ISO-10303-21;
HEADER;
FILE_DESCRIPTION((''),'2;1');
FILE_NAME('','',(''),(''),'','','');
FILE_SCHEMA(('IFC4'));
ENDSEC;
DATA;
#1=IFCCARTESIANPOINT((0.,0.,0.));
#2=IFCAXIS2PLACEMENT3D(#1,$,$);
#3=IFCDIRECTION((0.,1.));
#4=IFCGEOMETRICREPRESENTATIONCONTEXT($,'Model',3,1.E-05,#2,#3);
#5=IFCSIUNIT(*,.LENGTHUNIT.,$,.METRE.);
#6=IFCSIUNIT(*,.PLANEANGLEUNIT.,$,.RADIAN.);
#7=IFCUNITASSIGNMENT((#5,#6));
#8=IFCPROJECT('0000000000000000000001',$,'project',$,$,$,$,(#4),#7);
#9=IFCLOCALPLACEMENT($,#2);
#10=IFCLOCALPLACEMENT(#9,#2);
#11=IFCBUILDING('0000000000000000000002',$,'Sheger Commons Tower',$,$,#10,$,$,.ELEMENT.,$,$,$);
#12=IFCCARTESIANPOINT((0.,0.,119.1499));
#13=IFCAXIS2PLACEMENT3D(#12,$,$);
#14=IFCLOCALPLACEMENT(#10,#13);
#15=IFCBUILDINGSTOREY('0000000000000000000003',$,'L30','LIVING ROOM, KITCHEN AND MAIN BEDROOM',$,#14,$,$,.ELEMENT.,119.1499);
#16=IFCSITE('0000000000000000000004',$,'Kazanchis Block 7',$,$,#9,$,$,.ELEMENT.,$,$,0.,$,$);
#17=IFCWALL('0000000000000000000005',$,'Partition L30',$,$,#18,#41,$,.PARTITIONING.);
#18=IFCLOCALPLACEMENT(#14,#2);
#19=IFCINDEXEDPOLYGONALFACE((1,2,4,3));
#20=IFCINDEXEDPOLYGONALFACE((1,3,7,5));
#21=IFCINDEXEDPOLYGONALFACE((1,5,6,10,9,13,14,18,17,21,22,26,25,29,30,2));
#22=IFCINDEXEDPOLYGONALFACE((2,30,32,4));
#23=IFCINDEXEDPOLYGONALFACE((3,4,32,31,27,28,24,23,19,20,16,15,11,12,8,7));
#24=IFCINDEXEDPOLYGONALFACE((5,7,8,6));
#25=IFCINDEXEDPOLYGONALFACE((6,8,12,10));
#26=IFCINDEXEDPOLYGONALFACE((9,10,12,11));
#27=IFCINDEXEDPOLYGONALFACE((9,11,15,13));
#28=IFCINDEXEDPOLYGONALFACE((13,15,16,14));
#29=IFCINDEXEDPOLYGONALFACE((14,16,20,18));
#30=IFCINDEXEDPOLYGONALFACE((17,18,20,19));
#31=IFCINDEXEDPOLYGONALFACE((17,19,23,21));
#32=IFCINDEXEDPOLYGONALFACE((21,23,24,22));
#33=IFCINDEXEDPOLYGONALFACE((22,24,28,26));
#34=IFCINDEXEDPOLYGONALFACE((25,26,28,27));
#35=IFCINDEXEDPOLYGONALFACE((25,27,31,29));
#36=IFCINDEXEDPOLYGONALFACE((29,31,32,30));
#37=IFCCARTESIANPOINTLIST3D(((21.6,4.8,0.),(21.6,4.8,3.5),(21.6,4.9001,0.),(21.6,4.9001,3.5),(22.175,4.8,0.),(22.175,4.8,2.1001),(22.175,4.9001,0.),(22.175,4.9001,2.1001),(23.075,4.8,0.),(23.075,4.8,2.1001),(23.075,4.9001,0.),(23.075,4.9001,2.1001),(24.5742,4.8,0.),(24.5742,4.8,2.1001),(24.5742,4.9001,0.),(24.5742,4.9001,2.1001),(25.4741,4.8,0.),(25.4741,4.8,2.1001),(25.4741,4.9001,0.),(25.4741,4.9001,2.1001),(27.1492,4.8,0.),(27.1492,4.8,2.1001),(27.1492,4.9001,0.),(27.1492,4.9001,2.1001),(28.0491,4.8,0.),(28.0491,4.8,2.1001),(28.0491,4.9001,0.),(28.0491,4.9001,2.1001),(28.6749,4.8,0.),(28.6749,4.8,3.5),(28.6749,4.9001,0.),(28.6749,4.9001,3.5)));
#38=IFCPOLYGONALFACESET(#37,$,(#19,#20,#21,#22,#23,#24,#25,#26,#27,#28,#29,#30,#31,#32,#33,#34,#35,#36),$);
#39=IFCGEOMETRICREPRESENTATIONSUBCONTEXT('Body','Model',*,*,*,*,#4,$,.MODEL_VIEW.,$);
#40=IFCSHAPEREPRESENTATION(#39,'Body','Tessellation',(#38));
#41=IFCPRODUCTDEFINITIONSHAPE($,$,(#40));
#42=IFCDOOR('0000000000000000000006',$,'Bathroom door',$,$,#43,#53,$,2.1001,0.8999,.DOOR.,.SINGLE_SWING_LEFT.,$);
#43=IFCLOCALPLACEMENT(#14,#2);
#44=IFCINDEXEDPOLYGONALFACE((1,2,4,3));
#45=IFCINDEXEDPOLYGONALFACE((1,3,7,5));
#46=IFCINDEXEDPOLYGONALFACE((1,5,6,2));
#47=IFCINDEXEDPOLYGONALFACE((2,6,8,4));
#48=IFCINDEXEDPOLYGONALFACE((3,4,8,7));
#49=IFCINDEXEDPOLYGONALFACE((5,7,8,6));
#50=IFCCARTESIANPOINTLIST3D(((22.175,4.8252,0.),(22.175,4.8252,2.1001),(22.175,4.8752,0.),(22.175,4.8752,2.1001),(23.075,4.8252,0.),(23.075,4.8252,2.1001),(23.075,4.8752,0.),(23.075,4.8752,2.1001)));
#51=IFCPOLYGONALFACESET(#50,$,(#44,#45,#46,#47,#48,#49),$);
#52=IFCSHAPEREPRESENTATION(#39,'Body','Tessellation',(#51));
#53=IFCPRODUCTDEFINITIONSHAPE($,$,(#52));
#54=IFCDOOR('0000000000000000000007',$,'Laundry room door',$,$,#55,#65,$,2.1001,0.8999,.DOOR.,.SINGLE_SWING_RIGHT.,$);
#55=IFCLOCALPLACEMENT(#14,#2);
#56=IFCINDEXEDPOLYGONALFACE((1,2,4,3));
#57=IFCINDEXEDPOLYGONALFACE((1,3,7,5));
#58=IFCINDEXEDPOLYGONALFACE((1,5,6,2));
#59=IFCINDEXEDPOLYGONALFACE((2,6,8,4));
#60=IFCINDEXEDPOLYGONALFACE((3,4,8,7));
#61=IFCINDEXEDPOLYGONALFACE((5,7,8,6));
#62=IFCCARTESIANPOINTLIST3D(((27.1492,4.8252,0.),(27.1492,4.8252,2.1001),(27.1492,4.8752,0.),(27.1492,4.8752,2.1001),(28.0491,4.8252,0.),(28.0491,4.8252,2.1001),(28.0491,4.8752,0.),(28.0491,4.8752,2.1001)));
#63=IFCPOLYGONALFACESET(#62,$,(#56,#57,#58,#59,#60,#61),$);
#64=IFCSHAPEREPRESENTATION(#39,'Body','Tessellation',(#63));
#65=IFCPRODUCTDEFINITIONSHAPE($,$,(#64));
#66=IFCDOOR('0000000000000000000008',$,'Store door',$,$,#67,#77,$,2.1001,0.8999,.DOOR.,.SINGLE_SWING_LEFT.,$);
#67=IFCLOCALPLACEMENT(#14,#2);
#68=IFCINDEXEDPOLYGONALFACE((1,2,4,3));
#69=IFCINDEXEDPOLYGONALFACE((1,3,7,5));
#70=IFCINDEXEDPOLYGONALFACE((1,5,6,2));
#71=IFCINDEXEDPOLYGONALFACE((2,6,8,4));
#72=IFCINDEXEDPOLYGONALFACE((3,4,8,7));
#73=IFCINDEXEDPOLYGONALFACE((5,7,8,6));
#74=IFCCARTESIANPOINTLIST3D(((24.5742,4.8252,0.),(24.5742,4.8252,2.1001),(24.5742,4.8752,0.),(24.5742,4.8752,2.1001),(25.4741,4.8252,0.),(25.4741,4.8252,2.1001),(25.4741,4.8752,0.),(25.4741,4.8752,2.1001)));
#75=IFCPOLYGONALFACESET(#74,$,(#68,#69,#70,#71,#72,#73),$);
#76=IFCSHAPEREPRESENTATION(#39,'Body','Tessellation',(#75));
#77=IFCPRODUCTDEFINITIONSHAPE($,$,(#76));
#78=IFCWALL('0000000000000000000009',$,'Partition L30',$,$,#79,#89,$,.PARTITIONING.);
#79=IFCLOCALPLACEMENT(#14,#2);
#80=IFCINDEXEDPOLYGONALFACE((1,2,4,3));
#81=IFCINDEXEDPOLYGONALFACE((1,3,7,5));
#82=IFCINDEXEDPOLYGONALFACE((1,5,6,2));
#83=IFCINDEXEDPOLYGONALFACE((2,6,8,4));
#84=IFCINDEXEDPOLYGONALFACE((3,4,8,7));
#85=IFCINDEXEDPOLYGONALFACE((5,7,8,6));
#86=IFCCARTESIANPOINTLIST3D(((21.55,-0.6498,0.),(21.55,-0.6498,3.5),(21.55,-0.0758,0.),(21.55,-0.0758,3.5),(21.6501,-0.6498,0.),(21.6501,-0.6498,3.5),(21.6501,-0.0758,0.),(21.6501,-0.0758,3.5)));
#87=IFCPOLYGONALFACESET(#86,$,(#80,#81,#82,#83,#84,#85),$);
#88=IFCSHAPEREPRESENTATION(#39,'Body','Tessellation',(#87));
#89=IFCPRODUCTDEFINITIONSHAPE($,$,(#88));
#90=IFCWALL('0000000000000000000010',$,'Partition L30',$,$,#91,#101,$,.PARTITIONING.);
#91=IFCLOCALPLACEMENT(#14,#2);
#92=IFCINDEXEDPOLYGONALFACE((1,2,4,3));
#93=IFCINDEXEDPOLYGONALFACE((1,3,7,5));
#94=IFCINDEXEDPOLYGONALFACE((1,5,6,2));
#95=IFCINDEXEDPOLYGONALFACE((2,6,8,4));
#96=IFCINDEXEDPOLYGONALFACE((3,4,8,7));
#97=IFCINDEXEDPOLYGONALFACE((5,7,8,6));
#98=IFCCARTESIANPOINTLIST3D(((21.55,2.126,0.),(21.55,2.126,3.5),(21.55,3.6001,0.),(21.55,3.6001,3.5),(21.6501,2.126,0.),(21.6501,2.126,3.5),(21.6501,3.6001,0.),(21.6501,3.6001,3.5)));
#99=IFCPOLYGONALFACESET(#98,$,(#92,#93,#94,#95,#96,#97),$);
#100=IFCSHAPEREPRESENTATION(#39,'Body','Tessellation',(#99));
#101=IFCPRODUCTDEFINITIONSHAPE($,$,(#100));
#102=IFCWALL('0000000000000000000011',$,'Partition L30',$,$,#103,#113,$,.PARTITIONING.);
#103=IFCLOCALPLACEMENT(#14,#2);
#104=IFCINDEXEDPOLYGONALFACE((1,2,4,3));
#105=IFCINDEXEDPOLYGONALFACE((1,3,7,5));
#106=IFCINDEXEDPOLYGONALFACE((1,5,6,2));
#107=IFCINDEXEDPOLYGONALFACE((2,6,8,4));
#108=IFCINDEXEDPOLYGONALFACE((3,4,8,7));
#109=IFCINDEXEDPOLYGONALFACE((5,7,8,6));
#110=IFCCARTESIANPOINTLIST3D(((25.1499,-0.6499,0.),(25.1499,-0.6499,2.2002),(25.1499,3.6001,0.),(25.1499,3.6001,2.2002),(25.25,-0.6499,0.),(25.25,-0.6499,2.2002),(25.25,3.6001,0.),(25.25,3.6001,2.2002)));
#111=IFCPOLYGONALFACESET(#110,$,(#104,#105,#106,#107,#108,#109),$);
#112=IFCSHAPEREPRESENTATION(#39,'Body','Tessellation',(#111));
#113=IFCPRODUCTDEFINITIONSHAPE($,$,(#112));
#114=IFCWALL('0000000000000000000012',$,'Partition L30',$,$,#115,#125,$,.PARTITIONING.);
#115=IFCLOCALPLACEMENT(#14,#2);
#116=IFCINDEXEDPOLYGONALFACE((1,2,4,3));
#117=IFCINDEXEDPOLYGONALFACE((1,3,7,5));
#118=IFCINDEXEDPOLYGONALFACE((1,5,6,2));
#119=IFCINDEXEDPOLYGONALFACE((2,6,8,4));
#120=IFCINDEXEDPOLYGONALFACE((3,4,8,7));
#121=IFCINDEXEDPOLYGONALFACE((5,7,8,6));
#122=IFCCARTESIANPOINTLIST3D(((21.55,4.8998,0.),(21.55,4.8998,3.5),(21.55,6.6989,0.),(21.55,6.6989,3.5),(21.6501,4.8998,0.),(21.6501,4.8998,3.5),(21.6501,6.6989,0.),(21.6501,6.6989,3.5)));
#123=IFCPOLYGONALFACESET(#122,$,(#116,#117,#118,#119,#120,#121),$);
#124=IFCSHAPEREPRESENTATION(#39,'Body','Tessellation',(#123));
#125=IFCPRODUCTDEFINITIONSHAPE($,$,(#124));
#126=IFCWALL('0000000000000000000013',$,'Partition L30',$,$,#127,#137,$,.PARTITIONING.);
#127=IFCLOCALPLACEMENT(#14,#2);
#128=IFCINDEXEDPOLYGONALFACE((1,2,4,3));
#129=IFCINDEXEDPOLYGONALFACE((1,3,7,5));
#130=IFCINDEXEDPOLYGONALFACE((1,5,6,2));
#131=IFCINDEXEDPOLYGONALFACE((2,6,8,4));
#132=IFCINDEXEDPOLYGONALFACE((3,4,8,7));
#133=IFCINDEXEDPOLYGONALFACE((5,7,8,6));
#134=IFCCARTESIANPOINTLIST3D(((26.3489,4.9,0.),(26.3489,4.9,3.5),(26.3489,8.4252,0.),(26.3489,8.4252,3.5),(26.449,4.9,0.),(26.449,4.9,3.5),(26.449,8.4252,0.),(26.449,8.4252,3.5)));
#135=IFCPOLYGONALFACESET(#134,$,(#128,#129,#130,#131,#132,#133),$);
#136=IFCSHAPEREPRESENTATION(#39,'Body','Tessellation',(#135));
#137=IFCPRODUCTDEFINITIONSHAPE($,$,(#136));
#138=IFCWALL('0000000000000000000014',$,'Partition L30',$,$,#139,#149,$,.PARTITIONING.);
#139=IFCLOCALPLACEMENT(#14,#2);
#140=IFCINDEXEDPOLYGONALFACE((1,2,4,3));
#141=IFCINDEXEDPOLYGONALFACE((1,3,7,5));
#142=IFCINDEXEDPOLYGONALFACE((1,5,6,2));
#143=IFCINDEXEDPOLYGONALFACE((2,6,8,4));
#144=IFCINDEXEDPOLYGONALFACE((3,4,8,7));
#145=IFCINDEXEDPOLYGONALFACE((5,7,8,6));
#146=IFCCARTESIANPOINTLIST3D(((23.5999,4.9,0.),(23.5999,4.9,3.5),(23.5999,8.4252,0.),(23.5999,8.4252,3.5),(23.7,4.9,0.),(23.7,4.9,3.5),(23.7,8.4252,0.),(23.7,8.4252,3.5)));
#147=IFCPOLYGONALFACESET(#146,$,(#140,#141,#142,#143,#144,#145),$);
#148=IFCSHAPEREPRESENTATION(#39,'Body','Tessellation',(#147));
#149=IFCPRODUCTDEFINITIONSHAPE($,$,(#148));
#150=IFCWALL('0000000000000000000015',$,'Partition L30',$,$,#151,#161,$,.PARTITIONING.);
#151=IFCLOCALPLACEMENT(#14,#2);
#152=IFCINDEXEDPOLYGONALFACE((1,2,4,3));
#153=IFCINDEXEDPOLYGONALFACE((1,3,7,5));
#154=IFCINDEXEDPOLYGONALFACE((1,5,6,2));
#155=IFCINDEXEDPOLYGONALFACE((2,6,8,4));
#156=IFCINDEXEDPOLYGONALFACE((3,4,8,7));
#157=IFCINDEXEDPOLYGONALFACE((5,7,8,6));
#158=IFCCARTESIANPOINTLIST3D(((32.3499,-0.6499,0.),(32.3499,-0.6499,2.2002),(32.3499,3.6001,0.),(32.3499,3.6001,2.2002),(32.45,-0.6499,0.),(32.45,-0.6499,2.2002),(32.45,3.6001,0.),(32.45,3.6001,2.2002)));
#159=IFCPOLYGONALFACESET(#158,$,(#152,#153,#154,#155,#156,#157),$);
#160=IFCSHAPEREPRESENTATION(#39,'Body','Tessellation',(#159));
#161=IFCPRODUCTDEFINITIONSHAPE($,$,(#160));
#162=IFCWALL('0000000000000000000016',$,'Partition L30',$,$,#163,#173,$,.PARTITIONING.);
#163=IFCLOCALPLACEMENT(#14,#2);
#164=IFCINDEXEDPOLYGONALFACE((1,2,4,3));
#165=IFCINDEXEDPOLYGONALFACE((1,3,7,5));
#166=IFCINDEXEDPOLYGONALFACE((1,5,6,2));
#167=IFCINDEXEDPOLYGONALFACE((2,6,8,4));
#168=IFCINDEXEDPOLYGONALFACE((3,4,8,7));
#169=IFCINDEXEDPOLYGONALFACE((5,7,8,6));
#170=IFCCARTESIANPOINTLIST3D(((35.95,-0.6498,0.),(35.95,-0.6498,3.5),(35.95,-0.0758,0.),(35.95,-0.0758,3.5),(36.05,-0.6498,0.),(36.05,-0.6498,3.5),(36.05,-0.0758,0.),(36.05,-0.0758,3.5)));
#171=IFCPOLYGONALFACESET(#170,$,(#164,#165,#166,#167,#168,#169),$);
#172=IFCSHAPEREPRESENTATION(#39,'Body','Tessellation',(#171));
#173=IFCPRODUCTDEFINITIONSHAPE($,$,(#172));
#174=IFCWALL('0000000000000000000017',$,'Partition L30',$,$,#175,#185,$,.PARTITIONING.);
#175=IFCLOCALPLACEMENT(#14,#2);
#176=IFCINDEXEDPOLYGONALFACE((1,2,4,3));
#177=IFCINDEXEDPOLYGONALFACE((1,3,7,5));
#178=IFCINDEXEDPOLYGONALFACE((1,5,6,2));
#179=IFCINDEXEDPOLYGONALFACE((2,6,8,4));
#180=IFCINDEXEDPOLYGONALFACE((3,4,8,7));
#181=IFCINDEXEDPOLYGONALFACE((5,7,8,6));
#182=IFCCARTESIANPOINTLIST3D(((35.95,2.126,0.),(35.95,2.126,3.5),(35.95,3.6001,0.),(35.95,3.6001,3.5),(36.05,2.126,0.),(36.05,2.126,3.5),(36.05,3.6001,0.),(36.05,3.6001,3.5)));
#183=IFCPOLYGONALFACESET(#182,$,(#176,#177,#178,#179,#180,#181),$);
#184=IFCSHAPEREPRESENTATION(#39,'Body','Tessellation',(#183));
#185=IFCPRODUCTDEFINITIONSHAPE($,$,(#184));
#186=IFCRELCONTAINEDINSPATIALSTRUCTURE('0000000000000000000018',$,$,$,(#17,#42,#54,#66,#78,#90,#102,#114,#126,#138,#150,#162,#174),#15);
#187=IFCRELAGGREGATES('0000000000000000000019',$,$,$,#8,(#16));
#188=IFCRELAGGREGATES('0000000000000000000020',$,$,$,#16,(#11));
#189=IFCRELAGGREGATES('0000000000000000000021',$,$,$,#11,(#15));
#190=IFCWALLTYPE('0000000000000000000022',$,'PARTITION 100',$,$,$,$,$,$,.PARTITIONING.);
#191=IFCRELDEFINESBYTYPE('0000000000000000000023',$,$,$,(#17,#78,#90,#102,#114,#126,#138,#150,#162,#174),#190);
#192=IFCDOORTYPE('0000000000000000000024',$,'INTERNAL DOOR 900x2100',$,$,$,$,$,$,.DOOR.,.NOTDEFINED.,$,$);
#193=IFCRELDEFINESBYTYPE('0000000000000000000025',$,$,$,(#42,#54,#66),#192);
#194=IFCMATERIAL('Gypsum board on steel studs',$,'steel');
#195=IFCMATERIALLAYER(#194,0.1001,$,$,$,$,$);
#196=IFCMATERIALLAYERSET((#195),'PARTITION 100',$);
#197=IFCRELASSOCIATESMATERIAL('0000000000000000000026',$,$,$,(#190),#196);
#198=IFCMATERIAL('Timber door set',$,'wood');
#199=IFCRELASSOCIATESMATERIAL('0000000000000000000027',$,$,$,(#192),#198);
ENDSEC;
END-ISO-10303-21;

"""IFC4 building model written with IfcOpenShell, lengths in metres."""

from ifc_helpers import new_model, si_unit, direction, frame, frame_2d, origin, place, context, subcontext, project, spatial, rectangle, extrude, material, layer, layer_set, type_object, element, fill, save


model = new_model("IFC4")

# Units and contexts
model_context = context("Model", 3, precision=1e-05, world=origin(), true_north=direction((0.0, 1.0)))
body_context = subcontext(model_context, "Body", "Model", "MODEL_VIEW")
ifc_project = project(units=[si_unit("LENGTHUNIT", "METRE"), si_unit("PLANEANGLEUNIT", "RADIAN")], contexts=[model_context])

# Site, building, storey
site_placement = place(None, origin())
site = spatial("IfcSite", under=ifc_project, at=site_placement, Name="Kazanchis Block 7", CompositionType="ELEMENT", RefElevation=0.0)
building_placement = place(site_placement, origin())
building = spatial("IfcBuilding", under=site, at=building_placement, Name="Sheger Commons Tower", CompositionType="ELEMENT")
storey_placement = place(building_placement, frame((0.0, 0.0, 119.1499)))
storey = spatial("IfcBuildingStorey", under=building, at=storey_placement, Name="L30", Description="LIVING ROOM, KITCHEN AND MAIN BEDROOM", CompositionType="ELEMENT", Elevation=119.1499)

# Wall, openings, doors
ifc_material_1 = material(Name="Gypsum board on steel studs", Category="steel")
ifc_layer_1 = layer(ifc_material_1, 0.1001)
ifc_layer_set_1 = layer_set([ifc_layer_1], Name="PARTITION 100")
wall_type_1 = type_object("IfcWallType", Name="PARTITION 100", PredefinedType="PARTITIONING", material=ifc_layer_set_1)
ifc_material_2 = material(Name="Timber door set", Category="wood")
door_type = type_object("IfcDoorType", Name="INTERNAL DOOR 900x2100", OperationType="NOTDEFINED", PredefinedType="DOOR", material=ifc_material_2)
wall_1_placement = place(storey_placement, frame((28.675, 4.8501, 0.0), z_axis=(0.0, 0.0, 1.0), x_axis=(-1.0, 0.0, 0.0)))
wall_1 = element("IfcWall", 1, at=wall_1_placement, inside=storey, type_object=wall_type_1, Name="Partition L30", PredefinedType="PARTITIONING", context=body_context, shape_type="SweptSolid", body=[
    extrude(rectangle(XDim=7.075, YDim=0.1001, at=frame_2d((3.5376, 0.0))), origin(), (0.0, 0.0, 1.0), 3.5),
])
opening_1_placement = place(wall_1_placement, frame((5.6001, 0.0, 0.0)))
opening_1 = element("IfcOpeningElement", 2, at=opening_1_placement, cuts=wall_1, PredefinedType="OPENING", context=body_context, shape_type="SweptSolid", body=[
    extrude(rectangle(XDim=0.8999, YDim=2.1001, at=frame_2d((0.45, 1.05))), frame((0.0, 0.0601, 0.0), z_axis=(0.0, -1.0, 0.0), x_axis=(1.0, 0.0, 0.0)), (0.0, 0.0, 1.0), 0.1201),
])
opening_2_placement = place(wall_1_placement, frame((0.626, 0.0, 0.0)))
opening_2 = element("IfcOpeningElement", 3, at=opening_2_placement, cuts=wall_1, PredefinedType="OPENING", context=body_context, shape_type="SweptSolid", body=[
    extrude(rectangle(XDim=0.8999, YDim=2.1001, at=frame_2d((0.45, 1.05))), frame((0.0, 0.0601, 0.0), z_axis=(0.0, -1.0, 0.0), x_axis=(1.0, 0.0, 0.0)), (0.0, 0.0, 1.0), 0.1201),
])
opening_3_placement = place(wall_1_placement, frame((3.2009, 0.0, 0.0)))
opening_3 = element("IfcOpeningElement", 4, at=opening_3_placement, cuts=wall_1, PredefinedType="OPENING", context=body_context, shape_type="SweptSolid", body=[
    extrude(rectangle(XDim=0.8999, YDim=2.1001, at=frame_2d((0.45, 1.05))), frame((0.0, 0.0601, 0.0), z_axis=(0.0, -1.0, 0.0), x_axis=(1.0, 0.0, 0.0)), (0.0, 0.0, 1.0), 0.1201),
])
door_1_placement = place(opening_1_placement, origin())
door_1 = element("IfcDoor", 5, at=door_1_placement, inside=storey, type_object=door_type, Name="Bathroom door", OperationType="SINGLE_SWING_LEFT", OverallHeight=2.1001, OverallWidth=0.8999, PredefinedType="DOOR", context=body_context, shape_type="SweptSolid", body=[
    extrude(rectangle(XDim=0.8999, YDim=2.1001, at=frame_2d((0.45, 1.05))), frame((0.0, 0.0249, 0.0), z_axis=(0.0, -1.0, 0.0), x_axis=(1.0, 0.0, 0.0)), (0.0, 0.0, 1.0), 0.05),
])
fill(opening_1, door_1)
door_2_placement = place(opening_2_placement, origin())
door_2 = element("IfcDoor", 6, at=door_2_placement, inside=storey, type_object=door_type, Name="Laundry room door", OperationType="SINGLE_SWING_RIGHT", OverallHeight=2.1001, OverallWidth=0.8999, PredefinedType="DOOR", context=body_context, shape_type="SweptSolid", body=[
    extrude(rectangle(XDim=0.8999, YDim=2.1001, at=frame_2d((0.45, 1.05))), frame((0.0, 0.0249, 0.0), z_axis=(0.0, -1.0, 0.0), x_axis=(1.0, 0.0, 0.0)), (0.0, 0.0, 1.0), 0.05),
])
fill(opening_2, door_2)
door_3_placement = place(opening_3_placement, origin())
door_3 = element("IfcDoor", 7, at=door_3_placement, inside=storey, type_object=door_type, Name="Store door", OperationType="SINGLE_SWING_LEFT", OverallHeight=2.1001, OverallWidth=0.8999, PredefinedType="DOOR", context=body_context, shape_type="SweptSolid", body=[
    extrude(rectangle(XDim=0.8999, YDim=2.1001, at=frame_2d((0.45, 1.05))), frame((0.0, 0.0249, 0.0), z_axis=(0.0, -1.0, 0.0), x_axis=(1.0, 0.0, 0.0)), (0.0, 0.0, 1.0), 0.05),
])
fill(opening_3, door_3)

# Walls
wall_2_placement = place(storey_placement, frame((21.6001, -0.6499, 0.0), z_axis=(0.0, 0.0, 1.0), x_axis=(0.0, 1.0, 0.0)))
element("IfcWall", 8, at=wall_2_placement, inside=storey, type_object=wall_type_1, Name="Partition L30", PredefinedType="PARTITIONING", context=body_context, shape_type="SweptSolid", body=[
    extrude(rectangle(XDim=0.574, YDim=0.1001, at=frame_2d((0.2871, 0.0))), origin(), (0.0, 0.0, 1.0), 3.5),
])
wall_3_placement = place(storey_placement, frame((21.6001, 2.126, 0.0), z_axis=(0.0, 0.0, 1.0), x_axis=(0.0, 1.0, 0.0)))
element("IfcWall", 9, at=wall_3_placement, inside=storey, type_object=wall_type_1, Name="Partition L30", PredefinedType="PARTITIONING", context=body_context, shape_type="SweptSolid", body=[
    extrude(rectangle(XDim=1.4741, YDim=0.1001, at=frame_2d((0.7371, 0.0))), origin(), (0.0, 0.0, 1.0), 3.5),
])
wall_4_placement = place(storey_placement, frame((25.2, -0.6499, 0.0), z_axis=(0.0, 0.0, 1.0), x_axis=(0.0, 1.0, 0.0)))
element("IfcWall", 10, at=wall_4_placement, inside=storey, type_object=wall_type_1, Name="Partition L30", PredefinedType="PARTITIONING", context=body_context, shape_type="SweptSolid", body=[
    extrude(rectangle(XDim=4.25, YDim=0.1001, at=frame_2d((2.125, 0.0))), origin(), (0.0, 0.0, 1.0), 2.2002),
])
wall_5_placement = place(storey_placement, frame((21.6001, 4.8999, 0.0), z_axis=(0.0, 0.0, 1.0), x_axis=(0.0, 1.0, 0.0)))
element("IfcWall", 11, at=wall_5_placement, inside=storey, type_object=wall_type_1, Name="Partition L30", PredefinedType="PARTITIONING", context=body_context, shape_type="SweptSolid", body=[
    extrude(rectangle(XDim=1.7991, YDim=0.1001, at=frame_2d((0.8994, 0.0))), origin(), (0.0, 0.0, 1.0), 3.5),
])
for number, where, z_axis, x_axis, name in (
    (12, (26.3989, 4.8999, 0.0), (0.0, 0.0, 1.0), (0.0, 1.0, 0.0), "Partition L30"),
    (13, (23.6499, 4.8999, 0.0), (0.0, 0.0, 1.0), (0.0, 1.0, 0.0), "Partition L30"),
):
    element("IfcWall", number, at=place(storey_placement, frame(where, z_axis=z_axis, x_axis=x_axis)), inside=storey, type_object=wall_type_1, Name=name, PredefinedType="PARTITIONING", context=body_context, shape_type="SweptSolid", body=[
        extrude(rectangle(XDim=3.5251, YDim=0.1001, at=frame_2d((1.7627, 0.0))), origin(), (0.0, 0.0, 1.0), 3.5),
    ])
wall_6_placement = place(storey_placement, frame((32.3999, -0.6499, 0.0), z_axis=(0.0, 0.0, 1.0), x_axis=(0.0, 1.0, 0.0)))
element("IfcWall", 14, at=wall_6_placement, inside=storey, type_object=wall_type_1, Name="Partition L30", PredefinedType="PARTITIONING", context=body_context, shape_type="SweptSolid", body=[
    extrude(rectangle(XDim=4.25, YDim=0.1001, at=frame_2d((2.125, 0.0))), origin(), (0.0, 0.0, 1.0), 2.2002),
])
wall_7_placement = place(storey_placement, frame((36.0, -0.6499, 0.0), z_axis=(0.0, 0.0, 1.0), x_axis=(0.0, 1.0, 0.0)))
element("IfcWall", 15, at=wall_7_placement, inside=storey, type_object=wall_type_1, Name="Partition L30", PredefinedType="PARTITIONING", context=body_context, shape_type="SweptSolid", body=[
    extrude(rectangle(XDim=0.574, YDim=0.1001, at=frame_2d((0.2871, 0.0))), origin(), (0.0, 0.0, 1.0), 3.5),
])
wall_8_placement = place(storey_placement, frame((36.0, 2.126, 0.0), z_axis=(0.0, 0.0, 1.0), x_axis=(0.0, 1.0, 0.0)))
element("IfcWall", 16, at=wall_8_placement, inside=storey, type_object=wall_type_1, Name="Partition L30", PredefinedType="PARTITIONING", context=body_context, shape_type="SweptSolid", body=[
    extrude(rectangle(XDim=1.4741, YDim=0.1001, at=frame_2d((0.7371, 0.0))), origin(), (0.0, 0.0, 1.0), 3.5),
])

save(model, "model.ifc")
